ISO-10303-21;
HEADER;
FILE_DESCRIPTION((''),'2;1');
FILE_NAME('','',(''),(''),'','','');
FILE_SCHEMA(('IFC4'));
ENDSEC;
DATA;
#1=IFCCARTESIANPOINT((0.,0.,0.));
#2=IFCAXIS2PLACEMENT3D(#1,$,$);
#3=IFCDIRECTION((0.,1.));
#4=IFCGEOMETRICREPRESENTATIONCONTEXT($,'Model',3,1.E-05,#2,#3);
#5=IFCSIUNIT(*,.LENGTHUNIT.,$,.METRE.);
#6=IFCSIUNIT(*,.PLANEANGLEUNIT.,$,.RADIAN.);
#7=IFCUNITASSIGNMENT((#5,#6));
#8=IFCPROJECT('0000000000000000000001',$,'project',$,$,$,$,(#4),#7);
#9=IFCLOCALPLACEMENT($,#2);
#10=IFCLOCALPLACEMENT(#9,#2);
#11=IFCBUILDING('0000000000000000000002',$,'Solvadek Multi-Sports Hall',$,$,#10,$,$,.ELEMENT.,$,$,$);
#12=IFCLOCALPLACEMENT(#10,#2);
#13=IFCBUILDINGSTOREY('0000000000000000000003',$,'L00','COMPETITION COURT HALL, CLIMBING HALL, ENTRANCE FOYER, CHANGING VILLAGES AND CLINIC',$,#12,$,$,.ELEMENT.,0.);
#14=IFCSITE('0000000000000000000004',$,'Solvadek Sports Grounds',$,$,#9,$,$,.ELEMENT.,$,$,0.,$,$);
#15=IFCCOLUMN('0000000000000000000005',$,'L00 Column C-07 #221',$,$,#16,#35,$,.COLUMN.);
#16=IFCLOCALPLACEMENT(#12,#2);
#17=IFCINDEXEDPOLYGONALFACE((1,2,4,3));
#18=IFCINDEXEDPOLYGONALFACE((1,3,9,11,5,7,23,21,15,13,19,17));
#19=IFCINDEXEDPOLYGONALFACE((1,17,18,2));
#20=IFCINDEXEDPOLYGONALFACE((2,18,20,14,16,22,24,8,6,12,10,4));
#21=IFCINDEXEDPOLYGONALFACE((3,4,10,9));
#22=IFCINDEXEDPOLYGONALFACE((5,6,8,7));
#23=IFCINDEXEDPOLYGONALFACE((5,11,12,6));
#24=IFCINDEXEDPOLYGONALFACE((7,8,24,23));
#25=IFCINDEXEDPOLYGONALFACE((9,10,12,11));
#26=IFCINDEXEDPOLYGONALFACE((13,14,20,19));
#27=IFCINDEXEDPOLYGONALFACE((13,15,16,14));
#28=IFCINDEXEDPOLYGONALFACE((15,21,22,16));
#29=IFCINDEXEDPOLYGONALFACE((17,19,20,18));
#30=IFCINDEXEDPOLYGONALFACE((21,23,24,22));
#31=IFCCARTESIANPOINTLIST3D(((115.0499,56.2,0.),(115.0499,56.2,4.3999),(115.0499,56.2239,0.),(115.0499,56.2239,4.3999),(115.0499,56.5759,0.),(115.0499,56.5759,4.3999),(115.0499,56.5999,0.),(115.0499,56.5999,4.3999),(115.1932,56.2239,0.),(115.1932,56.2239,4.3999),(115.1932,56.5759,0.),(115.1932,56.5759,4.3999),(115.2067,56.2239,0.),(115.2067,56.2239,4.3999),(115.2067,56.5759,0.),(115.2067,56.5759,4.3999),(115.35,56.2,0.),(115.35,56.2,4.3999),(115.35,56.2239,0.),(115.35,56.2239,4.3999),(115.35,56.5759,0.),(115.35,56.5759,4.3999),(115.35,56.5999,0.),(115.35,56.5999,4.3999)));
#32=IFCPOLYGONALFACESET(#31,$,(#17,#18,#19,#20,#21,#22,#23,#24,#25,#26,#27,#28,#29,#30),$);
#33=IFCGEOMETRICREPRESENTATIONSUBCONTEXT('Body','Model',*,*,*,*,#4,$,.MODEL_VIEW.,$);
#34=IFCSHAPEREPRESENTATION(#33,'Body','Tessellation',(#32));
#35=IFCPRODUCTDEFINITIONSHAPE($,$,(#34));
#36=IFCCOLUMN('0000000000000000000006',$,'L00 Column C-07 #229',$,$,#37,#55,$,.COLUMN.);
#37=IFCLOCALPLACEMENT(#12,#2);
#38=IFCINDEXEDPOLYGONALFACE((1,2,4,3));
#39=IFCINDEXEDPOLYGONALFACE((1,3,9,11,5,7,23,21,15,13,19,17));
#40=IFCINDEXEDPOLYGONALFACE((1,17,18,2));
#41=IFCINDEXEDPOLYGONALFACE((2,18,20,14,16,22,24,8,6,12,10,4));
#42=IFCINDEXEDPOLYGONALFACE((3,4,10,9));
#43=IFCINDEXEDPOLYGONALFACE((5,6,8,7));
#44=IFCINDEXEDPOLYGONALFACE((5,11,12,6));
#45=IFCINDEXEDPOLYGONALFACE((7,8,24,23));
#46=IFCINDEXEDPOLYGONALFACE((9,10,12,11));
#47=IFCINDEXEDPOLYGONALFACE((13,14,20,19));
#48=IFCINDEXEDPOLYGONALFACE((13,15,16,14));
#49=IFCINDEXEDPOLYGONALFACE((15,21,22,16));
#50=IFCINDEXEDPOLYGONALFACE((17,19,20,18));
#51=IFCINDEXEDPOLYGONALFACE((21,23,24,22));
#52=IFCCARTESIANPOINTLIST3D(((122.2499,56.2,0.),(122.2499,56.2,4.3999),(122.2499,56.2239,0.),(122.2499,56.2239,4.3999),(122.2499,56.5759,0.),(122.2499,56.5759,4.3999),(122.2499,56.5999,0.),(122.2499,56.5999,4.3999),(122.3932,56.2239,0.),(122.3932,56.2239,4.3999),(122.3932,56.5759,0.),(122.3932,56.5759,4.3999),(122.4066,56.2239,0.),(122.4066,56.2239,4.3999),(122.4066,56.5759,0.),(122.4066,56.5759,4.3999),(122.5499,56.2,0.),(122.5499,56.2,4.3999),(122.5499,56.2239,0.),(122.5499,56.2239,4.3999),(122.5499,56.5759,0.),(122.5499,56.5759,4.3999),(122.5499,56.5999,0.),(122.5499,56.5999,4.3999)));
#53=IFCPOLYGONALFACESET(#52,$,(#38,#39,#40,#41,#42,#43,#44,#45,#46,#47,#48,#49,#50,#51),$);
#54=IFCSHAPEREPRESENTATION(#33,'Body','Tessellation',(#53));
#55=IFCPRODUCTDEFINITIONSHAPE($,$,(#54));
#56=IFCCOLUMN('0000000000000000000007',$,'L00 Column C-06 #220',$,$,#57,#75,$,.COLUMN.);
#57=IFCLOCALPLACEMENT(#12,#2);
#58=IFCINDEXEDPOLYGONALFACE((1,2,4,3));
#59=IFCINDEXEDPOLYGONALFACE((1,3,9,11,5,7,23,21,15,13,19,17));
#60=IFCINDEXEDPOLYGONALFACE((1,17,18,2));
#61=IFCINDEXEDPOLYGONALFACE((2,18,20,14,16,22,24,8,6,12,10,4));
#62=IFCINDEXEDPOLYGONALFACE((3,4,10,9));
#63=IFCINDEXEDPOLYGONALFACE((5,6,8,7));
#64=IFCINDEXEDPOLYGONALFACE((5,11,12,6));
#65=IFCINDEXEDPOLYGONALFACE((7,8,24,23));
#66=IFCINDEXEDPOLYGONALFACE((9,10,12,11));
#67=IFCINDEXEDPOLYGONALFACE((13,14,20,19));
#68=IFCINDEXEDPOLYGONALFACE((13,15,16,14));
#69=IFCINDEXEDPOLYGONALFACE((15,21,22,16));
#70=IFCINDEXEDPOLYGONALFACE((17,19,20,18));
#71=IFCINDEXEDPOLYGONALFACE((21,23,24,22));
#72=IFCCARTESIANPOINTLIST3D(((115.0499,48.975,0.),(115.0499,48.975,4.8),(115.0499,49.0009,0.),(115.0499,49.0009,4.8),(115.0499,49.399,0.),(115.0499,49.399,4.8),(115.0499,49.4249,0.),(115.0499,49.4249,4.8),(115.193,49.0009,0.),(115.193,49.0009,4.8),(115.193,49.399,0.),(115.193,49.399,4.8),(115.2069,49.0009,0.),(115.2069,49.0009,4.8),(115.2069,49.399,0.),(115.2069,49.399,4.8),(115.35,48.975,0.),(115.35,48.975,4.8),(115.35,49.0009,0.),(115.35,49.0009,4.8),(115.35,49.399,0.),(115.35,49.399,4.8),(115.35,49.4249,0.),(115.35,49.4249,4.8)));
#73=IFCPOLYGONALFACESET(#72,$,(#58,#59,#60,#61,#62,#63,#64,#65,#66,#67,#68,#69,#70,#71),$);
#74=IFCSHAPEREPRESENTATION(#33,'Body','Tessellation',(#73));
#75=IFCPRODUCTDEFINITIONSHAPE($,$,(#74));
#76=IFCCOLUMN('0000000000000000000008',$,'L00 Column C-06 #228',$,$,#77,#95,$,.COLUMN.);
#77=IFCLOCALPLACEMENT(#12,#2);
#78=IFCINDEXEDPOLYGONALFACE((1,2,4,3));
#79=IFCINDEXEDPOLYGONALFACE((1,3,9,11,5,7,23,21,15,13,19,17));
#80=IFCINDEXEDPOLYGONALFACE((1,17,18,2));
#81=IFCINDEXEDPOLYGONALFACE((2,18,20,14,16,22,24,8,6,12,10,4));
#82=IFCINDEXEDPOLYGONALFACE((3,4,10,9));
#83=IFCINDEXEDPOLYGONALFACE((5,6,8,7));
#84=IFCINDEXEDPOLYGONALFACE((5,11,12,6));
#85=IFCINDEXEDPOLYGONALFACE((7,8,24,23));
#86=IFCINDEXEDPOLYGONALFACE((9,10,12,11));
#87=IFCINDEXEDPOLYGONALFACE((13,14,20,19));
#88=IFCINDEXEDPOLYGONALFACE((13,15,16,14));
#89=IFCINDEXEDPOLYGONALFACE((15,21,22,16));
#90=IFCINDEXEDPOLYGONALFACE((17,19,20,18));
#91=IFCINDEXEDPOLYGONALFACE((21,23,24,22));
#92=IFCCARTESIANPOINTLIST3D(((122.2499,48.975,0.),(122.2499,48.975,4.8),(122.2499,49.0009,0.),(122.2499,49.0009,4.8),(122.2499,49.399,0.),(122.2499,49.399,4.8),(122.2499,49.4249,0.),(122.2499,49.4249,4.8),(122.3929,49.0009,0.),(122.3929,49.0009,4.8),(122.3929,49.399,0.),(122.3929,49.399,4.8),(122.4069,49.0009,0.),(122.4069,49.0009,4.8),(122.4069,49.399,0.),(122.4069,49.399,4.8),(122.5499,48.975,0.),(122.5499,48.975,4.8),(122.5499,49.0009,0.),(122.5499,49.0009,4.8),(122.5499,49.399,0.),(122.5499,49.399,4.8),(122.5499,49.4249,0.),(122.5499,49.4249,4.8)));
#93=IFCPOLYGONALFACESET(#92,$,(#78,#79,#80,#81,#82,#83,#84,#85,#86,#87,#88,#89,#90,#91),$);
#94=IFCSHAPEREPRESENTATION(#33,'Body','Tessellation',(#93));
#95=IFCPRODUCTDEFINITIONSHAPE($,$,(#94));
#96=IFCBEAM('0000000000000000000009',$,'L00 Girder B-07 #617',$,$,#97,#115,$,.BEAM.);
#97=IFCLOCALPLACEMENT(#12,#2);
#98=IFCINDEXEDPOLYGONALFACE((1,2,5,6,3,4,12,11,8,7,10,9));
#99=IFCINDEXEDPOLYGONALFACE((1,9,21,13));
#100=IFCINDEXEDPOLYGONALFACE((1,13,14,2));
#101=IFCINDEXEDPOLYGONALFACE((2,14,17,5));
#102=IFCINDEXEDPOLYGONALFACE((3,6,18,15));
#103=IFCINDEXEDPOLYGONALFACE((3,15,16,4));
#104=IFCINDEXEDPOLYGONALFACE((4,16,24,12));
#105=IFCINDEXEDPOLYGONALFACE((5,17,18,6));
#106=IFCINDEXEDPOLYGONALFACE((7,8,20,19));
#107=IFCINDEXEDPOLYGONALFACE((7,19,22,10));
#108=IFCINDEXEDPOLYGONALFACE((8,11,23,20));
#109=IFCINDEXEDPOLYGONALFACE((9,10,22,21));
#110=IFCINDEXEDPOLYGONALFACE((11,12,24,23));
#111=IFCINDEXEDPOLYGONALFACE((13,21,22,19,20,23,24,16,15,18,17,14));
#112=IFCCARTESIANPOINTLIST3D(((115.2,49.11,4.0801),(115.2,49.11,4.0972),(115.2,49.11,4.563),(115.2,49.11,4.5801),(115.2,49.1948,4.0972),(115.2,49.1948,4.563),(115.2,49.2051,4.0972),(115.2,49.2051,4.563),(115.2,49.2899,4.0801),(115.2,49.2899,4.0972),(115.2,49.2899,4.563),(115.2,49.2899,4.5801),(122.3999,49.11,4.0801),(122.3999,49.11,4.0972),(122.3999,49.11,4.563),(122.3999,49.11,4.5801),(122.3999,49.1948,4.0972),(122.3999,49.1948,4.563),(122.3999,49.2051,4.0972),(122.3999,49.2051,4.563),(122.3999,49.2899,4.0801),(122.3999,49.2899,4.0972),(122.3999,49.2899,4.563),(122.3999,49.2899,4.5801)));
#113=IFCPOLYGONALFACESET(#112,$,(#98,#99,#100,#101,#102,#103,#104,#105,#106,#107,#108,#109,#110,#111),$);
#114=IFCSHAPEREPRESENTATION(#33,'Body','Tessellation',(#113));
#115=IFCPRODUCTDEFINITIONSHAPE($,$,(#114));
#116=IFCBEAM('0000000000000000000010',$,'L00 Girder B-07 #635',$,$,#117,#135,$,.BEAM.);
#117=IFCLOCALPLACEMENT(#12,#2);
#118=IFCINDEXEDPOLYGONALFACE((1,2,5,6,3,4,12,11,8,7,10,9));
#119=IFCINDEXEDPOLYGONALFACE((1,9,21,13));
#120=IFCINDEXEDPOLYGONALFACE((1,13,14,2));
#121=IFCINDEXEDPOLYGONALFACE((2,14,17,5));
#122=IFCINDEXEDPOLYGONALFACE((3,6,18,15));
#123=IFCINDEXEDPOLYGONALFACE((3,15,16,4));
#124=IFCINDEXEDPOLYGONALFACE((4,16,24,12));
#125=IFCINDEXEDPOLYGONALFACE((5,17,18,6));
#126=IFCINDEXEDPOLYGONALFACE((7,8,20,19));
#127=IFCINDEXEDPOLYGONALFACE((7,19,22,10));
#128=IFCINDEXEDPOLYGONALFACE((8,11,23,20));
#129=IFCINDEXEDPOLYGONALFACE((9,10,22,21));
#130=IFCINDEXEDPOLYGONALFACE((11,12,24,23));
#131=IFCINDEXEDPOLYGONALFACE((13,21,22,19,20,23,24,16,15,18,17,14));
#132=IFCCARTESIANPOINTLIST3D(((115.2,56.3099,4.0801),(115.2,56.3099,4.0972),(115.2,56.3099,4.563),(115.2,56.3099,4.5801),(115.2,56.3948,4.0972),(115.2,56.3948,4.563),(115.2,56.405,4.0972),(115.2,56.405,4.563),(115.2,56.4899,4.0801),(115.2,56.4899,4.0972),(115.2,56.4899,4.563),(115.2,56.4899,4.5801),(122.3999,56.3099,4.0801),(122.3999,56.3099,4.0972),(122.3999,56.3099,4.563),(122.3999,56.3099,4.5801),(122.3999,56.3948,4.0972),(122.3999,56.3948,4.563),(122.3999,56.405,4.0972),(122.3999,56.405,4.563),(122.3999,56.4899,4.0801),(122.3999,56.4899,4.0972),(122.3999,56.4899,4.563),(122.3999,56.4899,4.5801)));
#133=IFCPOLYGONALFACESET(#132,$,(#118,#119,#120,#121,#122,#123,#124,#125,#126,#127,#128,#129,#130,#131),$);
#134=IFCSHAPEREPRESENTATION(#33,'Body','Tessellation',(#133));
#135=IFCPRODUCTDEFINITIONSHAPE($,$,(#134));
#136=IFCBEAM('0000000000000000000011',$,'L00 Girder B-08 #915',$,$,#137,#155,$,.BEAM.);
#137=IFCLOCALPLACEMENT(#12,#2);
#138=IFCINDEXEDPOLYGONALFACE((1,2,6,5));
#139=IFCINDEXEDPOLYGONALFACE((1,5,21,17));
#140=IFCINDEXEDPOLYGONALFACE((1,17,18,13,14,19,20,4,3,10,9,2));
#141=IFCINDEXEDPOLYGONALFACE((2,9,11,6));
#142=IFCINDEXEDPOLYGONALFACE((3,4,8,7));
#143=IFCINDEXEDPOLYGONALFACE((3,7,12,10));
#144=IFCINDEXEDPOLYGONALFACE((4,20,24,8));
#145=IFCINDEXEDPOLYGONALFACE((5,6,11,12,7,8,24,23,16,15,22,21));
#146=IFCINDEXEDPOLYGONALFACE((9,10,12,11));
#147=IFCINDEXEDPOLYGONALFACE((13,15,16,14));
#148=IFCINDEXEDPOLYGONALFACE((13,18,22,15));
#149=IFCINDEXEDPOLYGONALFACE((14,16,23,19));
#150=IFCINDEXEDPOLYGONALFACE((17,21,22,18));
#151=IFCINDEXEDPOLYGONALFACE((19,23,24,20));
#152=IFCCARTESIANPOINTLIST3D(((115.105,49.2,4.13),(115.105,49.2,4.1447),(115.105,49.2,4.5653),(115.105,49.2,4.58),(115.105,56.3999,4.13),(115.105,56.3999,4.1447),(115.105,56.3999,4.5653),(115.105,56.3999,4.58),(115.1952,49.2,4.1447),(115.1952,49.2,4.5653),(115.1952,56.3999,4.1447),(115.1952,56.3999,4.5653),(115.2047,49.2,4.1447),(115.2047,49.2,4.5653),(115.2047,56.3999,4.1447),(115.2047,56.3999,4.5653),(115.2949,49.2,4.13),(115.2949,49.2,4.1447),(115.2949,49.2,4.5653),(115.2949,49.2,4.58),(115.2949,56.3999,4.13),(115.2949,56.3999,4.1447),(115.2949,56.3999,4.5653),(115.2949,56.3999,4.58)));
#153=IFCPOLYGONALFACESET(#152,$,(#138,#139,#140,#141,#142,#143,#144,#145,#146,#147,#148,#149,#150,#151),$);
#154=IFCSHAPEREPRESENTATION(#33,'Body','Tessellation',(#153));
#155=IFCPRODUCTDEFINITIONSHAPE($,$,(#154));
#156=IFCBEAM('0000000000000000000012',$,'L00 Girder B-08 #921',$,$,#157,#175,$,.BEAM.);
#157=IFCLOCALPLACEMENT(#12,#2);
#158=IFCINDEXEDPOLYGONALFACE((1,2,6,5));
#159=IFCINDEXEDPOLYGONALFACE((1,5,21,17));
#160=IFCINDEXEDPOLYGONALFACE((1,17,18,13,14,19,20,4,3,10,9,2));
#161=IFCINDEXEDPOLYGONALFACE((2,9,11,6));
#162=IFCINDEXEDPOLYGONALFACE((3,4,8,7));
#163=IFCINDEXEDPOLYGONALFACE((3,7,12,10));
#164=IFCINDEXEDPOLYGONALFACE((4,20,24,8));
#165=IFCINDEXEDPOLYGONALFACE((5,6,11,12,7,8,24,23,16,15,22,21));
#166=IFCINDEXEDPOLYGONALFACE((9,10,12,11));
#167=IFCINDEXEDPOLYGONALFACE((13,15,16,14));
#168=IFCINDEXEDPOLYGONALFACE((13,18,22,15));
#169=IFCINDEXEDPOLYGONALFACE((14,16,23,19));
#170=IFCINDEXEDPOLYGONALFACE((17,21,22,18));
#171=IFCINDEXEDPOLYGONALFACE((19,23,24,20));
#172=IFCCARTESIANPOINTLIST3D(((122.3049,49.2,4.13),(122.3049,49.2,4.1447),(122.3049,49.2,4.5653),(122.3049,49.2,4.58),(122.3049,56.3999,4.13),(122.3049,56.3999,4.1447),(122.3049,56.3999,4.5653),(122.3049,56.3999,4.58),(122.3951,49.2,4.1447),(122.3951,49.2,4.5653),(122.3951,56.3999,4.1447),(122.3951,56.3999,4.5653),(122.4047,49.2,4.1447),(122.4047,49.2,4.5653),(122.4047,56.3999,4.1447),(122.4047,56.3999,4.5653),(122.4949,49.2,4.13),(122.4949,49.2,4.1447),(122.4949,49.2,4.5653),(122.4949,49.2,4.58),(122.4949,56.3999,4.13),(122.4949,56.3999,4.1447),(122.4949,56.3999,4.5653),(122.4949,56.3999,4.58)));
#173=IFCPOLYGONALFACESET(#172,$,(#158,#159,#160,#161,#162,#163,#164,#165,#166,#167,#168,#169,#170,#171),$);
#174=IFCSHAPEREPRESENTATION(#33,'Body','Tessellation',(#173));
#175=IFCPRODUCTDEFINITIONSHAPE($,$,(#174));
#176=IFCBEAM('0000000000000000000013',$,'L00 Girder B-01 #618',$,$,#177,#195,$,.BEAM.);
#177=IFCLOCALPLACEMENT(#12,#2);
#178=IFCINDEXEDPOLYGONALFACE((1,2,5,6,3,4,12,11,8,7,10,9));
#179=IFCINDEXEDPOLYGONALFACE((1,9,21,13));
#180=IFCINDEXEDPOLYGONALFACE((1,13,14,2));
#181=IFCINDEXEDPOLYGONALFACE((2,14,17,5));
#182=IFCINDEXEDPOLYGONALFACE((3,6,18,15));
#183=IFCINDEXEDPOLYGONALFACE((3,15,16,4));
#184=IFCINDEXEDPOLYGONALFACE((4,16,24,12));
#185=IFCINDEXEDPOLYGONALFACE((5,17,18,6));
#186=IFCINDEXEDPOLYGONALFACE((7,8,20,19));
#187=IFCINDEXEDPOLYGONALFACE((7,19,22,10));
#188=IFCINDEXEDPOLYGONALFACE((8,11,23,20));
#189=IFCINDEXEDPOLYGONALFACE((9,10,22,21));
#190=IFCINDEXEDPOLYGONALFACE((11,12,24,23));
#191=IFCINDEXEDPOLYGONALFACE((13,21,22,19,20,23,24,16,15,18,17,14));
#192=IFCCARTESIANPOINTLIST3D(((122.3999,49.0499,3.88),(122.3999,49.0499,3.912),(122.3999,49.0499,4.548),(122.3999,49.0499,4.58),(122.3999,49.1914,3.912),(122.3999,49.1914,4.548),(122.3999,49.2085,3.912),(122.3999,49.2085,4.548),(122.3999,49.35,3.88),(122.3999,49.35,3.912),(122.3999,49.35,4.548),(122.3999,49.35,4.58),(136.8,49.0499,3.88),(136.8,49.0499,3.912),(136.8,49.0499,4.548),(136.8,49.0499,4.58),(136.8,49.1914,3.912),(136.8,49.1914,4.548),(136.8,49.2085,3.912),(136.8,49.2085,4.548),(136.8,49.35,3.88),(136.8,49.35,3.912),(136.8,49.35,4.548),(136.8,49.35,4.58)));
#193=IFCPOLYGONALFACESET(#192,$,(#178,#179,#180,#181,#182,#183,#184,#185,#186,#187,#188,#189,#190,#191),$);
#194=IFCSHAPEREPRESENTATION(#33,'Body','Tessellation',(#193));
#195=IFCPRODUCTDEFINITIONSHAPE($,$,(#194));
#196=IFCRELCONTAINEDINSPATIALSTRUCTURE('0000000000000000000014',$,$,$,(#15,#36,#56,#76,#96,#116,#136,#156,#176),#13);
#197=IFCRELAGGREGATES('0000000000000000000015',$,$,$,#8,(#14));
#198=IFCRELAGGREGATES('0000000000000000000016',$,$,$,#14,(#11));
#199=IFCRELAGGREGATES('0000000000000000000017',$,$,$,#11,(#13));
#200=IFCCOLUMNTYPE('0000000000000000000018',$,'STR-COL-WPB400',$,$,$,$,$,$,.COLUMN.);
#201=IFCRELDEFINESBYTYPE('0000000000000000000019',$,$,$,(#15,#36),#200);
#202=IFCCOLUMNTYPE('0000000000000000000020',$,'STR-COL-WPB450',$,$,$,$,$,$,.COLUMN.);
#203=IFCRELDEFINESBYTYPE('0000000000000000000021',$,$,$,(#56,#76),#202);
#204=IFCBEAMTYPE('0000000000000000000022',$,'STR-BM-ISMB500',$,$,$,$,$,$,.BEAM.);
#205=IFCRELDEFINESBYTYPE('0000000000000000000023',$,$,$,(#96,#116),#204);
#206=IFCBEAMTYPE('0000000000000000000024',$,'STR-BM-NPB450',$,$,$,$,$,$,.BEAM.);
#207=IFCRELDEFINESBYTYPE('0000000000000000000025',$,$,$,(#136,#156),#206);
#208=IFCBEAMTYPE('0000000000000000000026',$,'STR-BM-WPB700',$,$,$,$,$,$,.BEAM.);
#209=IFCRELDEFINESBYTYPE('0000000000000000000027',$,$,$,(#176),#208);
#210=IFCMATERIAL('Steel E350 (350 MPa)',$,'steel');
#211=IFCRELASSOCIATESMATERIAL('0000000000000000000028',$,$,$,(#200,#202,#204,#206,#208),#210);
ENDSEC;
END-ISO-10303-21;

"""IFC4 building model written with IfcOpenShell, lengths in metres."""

from ifc_helpers import new_model, si_unit, direction, frame, origin, origin_2d, place, context, subcontext, project, spatial, i_section, extrude, material, material_profile, profile_set, type_object, element, save


model = new_model("IFC4")

# Units and contexts
model_context = context("Model", 3, precision=1e-05, world=origin(), true_north=direction((0.0, 1.0)))
body_context = subcontext(model_context, "Body", "Model", "MODEL_VIEW")
ifc_project = project(units=[si_unit("LENGTHUNIT", "METRE"), si_unit("PLANEANGLEUNIT", "RADIAN")], contexts=[model_context])

# Site, building, storey
site_placement = place(None, origin())
site = spatial("IfcSite", under=ifc_project, at=site_placement, Name="Solvadek Sports Grounds", CompositionType="ELEMENT", RefElevation=0.0)
building_placement = place(site_placement, origin())
building = spatial("IfcBuilding", under=site, at=building_placement, Name="Solvadek Multi-Sports Hall", CompositionType="ELEMENT")
storey_placement = place(building_placement, origin())
storey = spatial("IfcBuildingStorey", under=building, at=storey_placement, Name="L00", Description="COMPETITION COURT HALL, CLIMBING HALL, ENTRANCE FOYER, CHANGING VILLAGES AND CLINIC", CompositionType="ELEMENT", Elevation=0.0)

# Columns
ifc_material_1 = material(Name="Steel E350 (350 MPa)", Category="steel")
ifc_material_profile_1 = material_profile(ifc_material_1, i_section(OverallWidth=0.3, OverallDepth=0.3999, WebThickness=0.0134, FlangeThickness=0.0239, at=origin_2d()), Name="WPB 400")
ifc_profile_set_1 = profile_set([ifc_material_profile_1], Name="Steel E350 (350 MPa)")
column_type_1 = type_object("IfcColumnType", Name="STR-COL-WPB400", PredefinedType="COLUMN", material=ifc_profile_set_1)
for number, where, z_axis, x_axis, name in (
    (1, (115.2, 56.3999, 0.0), (0.0, 0.0, 1.0), (1.0, 0.0, 0.0), "L00 Column C-07 #221"),
    (2, (122.3999, 56.3999, 0.0), (0.0, 0.0, 1.0), (1.0, 0.0, 0.0), "L00 Column C-07 #229"),
):
    element("IfcColumn", number, at=place(storey_placement, frame(where, z_axis=z_axis, x_axis=x_axis)), inside=storey, type_object=column_type_1, Name=name, PredefinedType="COLUMN", context=body_context, shape_type="SweptSolid", body=[
        extrude(i_section(OverallWidth=0.3, OverallDepth=0.3999, WebThickness=0.0134, FlangeThickness=0.0239, at=origin_2d()), origin(), (0.0, 0.0, 1.0), 4.3999),
    ])
ifc_material_profile_2 = material_profile(ifc_material_1, i_section(OverallWidth=0.3, OverallDepth=0.45, WebThickness=0.0139, FlangeThickness=0.0259, at=origin_2d()), Name="WPB 450")
ifc_profile_set_2 = profile_set([ifc_material_profile_2], Name="Steel E350 (350 MPa)")
column_type_2 = type_object("IfcColumnType", Name="STR-COL-WPB450", PredefinedType="COLUMN", material=ifc_profile_set_2)
for number, where, z_axis, x_axis, name in (
    (3, (115.2, 49.2, 0.0), (0.0, 0.0, 1.0), (1.0, 0.0, 0.0), "L00 Column C-06 #220"),
    (4, (122.3999, 49.2, 0.0), (0.0, 0.0, 1.0), (1.0, 0.0, 0.0), "L00 Column C-06 #228"),
):
    element("IfcColumn", number, at=place(storey_placement, frame(where, z_axis=z_axis, x_axis=x_axis)), inside=storey, type_object=column_type_2, Name=name, PredefinedType="COLUMN", context=body_context, shape_type="SweptSolid", body=[
        extrude(i_section(OverallWidth=0.3, OverallDepth=0.45, WebThickness=0.0139, FlangeThickness=0.0259, at=origin_2d()), origin(), (0.0, 0.0, 1.0), 4.8),
    ])

# Beams
ifc_material_profile_3 = material_profile(ifc_material_1, i_section(OverallWidth=0.1799, OverallDepth=0.5, WebThickness=0.0103, FlangeThickness=0.0171, at=origin_2d()), Name="ISMB 500")
ifc_profile_set_3 = profile_set([ifc_material_profile_3], Name="Steel E350 (350 MPa)")
beam_type_1 = type_object("IfcBeamType", Name="STR-BM-ISMB500", PredefinedType="BEAM", material=ifc_profile_set_3)
for number, where, z_axis, x_axis, name in (
    (5, (115.2, 49.2, 4.3301), (1.0, 0.0, 0.0), (0.0, 1.0, 0.0), "L00 Girder B-07 #617"),
    (6, (115.2, 56.3999, 4.3301), (1.0, 0.0, 0.0), (0.0, 1.0, 0.0), "L00 Girder B-07 #635"),
):
    element("IfcBeam", number, at=place(storey_placement, frame(where, z_axis=z_axis, x_axis=x_axis)), inside=storey, type_object=beam_type_1, Name=name, PredefinedType="BEAM", context=body_context, shape_type="SweptSolid", body=[
        extrude(i_section(OverallWidth=0.1799, OverallDepth=0.5, WebThickness=0.0103, FlangeThickness=0.0171, at=origin_2d()), origin(), (0.0, 0.0, 1.0), 7.2),
    ])
ifc_material_profile_4 = material_profile(ifc_material_1, i_section(OverallWidth=0.1899, OverallDepth=0.45, WebThickness=0.0095, FlangeThickness=0.0146, at=origin_2d()), Name="NPB 450")
ifc_profile_set_4 = profile_set([ifc_material_profile_4], Name="Steel E350 (350 MPa)")
beam_type_2 = type_object("IfcBeamType", Name="STR-BM-NPB450", PredefinedType="BEAM", material=ifc_profile_set_4)
for number, where, z_axis, x_axis, name in (
    (7, (115.2, 49.2, 4.355), (0.0, 1.0, 0.0), (-1.0, 0.0, 0.0), "L00 Girder B-08 #915"),
    (8, (122.3999, 49.2, 4.355), (0.0, 1.0, 0.0), (-1.0, 0.0, 0.0), "L00 Girder B-08 #921"),
):
    element("IfcBeam", number, at=place(storey_placement, frame(where, z_axis=z_axis, x_axis=x_axis)), inside=storey, type_object=beam_type_2, Name=name, PredefinedType="BEAM", context=body_context, shape_type="SweptSolid", body=[
        extrude(i_section(OverallWidth=0.1899, OverallDepth=0.45, WebThickness=0.0095, FlangeThickness=0.0146, at=origin_2d()), origin(), (0.0, 0.0, 1.0), 7.2),
    ])
ifc_material_profile_5 = material_profile(ifc_material_1, i_section(OverallWidth=0.3, OverallDepth=0.7, WebThickness=0.0171, FlangeThickness=0.032, at=origin_2d()), Name="WPB 700")
ifc_profile_set_5 = profile_set([ifc_material_profile_5], Name="Steel E350 (350 MPa)")
beam_type_3 = type_object("IfcBeamType", Name="STR-BM-WPB700", PredefinedType="BEAM", material=ifc_profile_set_5)
for number, where, z_axis, x_axis, name in (
    (9, (122.3999, 49.2, 4.23), (1.0, 0.0, 0.0), (0.0, 1.0, 0.0), "L00 Girder B-01 #618"),
):
    element("IfcBeam", number, at=place(storey_placement, frame(where, z_axis=z_axis, x_axis=x_axis)), inside=storey, type_object=beam_type_3, Name=name, PredefinedType="BEAM", context=body_context, shape_type="SweptSolid", body=[
        extrude(i_section(OverallWidth=0.3, OverallDepth=0.7, WebThickness=0.0171, FlangeThickness=0.032, at=origin_2d()), origin(), (0.0, 0.0, 1.0), 14.4001),
    ])

save(model, "model.ifc")
